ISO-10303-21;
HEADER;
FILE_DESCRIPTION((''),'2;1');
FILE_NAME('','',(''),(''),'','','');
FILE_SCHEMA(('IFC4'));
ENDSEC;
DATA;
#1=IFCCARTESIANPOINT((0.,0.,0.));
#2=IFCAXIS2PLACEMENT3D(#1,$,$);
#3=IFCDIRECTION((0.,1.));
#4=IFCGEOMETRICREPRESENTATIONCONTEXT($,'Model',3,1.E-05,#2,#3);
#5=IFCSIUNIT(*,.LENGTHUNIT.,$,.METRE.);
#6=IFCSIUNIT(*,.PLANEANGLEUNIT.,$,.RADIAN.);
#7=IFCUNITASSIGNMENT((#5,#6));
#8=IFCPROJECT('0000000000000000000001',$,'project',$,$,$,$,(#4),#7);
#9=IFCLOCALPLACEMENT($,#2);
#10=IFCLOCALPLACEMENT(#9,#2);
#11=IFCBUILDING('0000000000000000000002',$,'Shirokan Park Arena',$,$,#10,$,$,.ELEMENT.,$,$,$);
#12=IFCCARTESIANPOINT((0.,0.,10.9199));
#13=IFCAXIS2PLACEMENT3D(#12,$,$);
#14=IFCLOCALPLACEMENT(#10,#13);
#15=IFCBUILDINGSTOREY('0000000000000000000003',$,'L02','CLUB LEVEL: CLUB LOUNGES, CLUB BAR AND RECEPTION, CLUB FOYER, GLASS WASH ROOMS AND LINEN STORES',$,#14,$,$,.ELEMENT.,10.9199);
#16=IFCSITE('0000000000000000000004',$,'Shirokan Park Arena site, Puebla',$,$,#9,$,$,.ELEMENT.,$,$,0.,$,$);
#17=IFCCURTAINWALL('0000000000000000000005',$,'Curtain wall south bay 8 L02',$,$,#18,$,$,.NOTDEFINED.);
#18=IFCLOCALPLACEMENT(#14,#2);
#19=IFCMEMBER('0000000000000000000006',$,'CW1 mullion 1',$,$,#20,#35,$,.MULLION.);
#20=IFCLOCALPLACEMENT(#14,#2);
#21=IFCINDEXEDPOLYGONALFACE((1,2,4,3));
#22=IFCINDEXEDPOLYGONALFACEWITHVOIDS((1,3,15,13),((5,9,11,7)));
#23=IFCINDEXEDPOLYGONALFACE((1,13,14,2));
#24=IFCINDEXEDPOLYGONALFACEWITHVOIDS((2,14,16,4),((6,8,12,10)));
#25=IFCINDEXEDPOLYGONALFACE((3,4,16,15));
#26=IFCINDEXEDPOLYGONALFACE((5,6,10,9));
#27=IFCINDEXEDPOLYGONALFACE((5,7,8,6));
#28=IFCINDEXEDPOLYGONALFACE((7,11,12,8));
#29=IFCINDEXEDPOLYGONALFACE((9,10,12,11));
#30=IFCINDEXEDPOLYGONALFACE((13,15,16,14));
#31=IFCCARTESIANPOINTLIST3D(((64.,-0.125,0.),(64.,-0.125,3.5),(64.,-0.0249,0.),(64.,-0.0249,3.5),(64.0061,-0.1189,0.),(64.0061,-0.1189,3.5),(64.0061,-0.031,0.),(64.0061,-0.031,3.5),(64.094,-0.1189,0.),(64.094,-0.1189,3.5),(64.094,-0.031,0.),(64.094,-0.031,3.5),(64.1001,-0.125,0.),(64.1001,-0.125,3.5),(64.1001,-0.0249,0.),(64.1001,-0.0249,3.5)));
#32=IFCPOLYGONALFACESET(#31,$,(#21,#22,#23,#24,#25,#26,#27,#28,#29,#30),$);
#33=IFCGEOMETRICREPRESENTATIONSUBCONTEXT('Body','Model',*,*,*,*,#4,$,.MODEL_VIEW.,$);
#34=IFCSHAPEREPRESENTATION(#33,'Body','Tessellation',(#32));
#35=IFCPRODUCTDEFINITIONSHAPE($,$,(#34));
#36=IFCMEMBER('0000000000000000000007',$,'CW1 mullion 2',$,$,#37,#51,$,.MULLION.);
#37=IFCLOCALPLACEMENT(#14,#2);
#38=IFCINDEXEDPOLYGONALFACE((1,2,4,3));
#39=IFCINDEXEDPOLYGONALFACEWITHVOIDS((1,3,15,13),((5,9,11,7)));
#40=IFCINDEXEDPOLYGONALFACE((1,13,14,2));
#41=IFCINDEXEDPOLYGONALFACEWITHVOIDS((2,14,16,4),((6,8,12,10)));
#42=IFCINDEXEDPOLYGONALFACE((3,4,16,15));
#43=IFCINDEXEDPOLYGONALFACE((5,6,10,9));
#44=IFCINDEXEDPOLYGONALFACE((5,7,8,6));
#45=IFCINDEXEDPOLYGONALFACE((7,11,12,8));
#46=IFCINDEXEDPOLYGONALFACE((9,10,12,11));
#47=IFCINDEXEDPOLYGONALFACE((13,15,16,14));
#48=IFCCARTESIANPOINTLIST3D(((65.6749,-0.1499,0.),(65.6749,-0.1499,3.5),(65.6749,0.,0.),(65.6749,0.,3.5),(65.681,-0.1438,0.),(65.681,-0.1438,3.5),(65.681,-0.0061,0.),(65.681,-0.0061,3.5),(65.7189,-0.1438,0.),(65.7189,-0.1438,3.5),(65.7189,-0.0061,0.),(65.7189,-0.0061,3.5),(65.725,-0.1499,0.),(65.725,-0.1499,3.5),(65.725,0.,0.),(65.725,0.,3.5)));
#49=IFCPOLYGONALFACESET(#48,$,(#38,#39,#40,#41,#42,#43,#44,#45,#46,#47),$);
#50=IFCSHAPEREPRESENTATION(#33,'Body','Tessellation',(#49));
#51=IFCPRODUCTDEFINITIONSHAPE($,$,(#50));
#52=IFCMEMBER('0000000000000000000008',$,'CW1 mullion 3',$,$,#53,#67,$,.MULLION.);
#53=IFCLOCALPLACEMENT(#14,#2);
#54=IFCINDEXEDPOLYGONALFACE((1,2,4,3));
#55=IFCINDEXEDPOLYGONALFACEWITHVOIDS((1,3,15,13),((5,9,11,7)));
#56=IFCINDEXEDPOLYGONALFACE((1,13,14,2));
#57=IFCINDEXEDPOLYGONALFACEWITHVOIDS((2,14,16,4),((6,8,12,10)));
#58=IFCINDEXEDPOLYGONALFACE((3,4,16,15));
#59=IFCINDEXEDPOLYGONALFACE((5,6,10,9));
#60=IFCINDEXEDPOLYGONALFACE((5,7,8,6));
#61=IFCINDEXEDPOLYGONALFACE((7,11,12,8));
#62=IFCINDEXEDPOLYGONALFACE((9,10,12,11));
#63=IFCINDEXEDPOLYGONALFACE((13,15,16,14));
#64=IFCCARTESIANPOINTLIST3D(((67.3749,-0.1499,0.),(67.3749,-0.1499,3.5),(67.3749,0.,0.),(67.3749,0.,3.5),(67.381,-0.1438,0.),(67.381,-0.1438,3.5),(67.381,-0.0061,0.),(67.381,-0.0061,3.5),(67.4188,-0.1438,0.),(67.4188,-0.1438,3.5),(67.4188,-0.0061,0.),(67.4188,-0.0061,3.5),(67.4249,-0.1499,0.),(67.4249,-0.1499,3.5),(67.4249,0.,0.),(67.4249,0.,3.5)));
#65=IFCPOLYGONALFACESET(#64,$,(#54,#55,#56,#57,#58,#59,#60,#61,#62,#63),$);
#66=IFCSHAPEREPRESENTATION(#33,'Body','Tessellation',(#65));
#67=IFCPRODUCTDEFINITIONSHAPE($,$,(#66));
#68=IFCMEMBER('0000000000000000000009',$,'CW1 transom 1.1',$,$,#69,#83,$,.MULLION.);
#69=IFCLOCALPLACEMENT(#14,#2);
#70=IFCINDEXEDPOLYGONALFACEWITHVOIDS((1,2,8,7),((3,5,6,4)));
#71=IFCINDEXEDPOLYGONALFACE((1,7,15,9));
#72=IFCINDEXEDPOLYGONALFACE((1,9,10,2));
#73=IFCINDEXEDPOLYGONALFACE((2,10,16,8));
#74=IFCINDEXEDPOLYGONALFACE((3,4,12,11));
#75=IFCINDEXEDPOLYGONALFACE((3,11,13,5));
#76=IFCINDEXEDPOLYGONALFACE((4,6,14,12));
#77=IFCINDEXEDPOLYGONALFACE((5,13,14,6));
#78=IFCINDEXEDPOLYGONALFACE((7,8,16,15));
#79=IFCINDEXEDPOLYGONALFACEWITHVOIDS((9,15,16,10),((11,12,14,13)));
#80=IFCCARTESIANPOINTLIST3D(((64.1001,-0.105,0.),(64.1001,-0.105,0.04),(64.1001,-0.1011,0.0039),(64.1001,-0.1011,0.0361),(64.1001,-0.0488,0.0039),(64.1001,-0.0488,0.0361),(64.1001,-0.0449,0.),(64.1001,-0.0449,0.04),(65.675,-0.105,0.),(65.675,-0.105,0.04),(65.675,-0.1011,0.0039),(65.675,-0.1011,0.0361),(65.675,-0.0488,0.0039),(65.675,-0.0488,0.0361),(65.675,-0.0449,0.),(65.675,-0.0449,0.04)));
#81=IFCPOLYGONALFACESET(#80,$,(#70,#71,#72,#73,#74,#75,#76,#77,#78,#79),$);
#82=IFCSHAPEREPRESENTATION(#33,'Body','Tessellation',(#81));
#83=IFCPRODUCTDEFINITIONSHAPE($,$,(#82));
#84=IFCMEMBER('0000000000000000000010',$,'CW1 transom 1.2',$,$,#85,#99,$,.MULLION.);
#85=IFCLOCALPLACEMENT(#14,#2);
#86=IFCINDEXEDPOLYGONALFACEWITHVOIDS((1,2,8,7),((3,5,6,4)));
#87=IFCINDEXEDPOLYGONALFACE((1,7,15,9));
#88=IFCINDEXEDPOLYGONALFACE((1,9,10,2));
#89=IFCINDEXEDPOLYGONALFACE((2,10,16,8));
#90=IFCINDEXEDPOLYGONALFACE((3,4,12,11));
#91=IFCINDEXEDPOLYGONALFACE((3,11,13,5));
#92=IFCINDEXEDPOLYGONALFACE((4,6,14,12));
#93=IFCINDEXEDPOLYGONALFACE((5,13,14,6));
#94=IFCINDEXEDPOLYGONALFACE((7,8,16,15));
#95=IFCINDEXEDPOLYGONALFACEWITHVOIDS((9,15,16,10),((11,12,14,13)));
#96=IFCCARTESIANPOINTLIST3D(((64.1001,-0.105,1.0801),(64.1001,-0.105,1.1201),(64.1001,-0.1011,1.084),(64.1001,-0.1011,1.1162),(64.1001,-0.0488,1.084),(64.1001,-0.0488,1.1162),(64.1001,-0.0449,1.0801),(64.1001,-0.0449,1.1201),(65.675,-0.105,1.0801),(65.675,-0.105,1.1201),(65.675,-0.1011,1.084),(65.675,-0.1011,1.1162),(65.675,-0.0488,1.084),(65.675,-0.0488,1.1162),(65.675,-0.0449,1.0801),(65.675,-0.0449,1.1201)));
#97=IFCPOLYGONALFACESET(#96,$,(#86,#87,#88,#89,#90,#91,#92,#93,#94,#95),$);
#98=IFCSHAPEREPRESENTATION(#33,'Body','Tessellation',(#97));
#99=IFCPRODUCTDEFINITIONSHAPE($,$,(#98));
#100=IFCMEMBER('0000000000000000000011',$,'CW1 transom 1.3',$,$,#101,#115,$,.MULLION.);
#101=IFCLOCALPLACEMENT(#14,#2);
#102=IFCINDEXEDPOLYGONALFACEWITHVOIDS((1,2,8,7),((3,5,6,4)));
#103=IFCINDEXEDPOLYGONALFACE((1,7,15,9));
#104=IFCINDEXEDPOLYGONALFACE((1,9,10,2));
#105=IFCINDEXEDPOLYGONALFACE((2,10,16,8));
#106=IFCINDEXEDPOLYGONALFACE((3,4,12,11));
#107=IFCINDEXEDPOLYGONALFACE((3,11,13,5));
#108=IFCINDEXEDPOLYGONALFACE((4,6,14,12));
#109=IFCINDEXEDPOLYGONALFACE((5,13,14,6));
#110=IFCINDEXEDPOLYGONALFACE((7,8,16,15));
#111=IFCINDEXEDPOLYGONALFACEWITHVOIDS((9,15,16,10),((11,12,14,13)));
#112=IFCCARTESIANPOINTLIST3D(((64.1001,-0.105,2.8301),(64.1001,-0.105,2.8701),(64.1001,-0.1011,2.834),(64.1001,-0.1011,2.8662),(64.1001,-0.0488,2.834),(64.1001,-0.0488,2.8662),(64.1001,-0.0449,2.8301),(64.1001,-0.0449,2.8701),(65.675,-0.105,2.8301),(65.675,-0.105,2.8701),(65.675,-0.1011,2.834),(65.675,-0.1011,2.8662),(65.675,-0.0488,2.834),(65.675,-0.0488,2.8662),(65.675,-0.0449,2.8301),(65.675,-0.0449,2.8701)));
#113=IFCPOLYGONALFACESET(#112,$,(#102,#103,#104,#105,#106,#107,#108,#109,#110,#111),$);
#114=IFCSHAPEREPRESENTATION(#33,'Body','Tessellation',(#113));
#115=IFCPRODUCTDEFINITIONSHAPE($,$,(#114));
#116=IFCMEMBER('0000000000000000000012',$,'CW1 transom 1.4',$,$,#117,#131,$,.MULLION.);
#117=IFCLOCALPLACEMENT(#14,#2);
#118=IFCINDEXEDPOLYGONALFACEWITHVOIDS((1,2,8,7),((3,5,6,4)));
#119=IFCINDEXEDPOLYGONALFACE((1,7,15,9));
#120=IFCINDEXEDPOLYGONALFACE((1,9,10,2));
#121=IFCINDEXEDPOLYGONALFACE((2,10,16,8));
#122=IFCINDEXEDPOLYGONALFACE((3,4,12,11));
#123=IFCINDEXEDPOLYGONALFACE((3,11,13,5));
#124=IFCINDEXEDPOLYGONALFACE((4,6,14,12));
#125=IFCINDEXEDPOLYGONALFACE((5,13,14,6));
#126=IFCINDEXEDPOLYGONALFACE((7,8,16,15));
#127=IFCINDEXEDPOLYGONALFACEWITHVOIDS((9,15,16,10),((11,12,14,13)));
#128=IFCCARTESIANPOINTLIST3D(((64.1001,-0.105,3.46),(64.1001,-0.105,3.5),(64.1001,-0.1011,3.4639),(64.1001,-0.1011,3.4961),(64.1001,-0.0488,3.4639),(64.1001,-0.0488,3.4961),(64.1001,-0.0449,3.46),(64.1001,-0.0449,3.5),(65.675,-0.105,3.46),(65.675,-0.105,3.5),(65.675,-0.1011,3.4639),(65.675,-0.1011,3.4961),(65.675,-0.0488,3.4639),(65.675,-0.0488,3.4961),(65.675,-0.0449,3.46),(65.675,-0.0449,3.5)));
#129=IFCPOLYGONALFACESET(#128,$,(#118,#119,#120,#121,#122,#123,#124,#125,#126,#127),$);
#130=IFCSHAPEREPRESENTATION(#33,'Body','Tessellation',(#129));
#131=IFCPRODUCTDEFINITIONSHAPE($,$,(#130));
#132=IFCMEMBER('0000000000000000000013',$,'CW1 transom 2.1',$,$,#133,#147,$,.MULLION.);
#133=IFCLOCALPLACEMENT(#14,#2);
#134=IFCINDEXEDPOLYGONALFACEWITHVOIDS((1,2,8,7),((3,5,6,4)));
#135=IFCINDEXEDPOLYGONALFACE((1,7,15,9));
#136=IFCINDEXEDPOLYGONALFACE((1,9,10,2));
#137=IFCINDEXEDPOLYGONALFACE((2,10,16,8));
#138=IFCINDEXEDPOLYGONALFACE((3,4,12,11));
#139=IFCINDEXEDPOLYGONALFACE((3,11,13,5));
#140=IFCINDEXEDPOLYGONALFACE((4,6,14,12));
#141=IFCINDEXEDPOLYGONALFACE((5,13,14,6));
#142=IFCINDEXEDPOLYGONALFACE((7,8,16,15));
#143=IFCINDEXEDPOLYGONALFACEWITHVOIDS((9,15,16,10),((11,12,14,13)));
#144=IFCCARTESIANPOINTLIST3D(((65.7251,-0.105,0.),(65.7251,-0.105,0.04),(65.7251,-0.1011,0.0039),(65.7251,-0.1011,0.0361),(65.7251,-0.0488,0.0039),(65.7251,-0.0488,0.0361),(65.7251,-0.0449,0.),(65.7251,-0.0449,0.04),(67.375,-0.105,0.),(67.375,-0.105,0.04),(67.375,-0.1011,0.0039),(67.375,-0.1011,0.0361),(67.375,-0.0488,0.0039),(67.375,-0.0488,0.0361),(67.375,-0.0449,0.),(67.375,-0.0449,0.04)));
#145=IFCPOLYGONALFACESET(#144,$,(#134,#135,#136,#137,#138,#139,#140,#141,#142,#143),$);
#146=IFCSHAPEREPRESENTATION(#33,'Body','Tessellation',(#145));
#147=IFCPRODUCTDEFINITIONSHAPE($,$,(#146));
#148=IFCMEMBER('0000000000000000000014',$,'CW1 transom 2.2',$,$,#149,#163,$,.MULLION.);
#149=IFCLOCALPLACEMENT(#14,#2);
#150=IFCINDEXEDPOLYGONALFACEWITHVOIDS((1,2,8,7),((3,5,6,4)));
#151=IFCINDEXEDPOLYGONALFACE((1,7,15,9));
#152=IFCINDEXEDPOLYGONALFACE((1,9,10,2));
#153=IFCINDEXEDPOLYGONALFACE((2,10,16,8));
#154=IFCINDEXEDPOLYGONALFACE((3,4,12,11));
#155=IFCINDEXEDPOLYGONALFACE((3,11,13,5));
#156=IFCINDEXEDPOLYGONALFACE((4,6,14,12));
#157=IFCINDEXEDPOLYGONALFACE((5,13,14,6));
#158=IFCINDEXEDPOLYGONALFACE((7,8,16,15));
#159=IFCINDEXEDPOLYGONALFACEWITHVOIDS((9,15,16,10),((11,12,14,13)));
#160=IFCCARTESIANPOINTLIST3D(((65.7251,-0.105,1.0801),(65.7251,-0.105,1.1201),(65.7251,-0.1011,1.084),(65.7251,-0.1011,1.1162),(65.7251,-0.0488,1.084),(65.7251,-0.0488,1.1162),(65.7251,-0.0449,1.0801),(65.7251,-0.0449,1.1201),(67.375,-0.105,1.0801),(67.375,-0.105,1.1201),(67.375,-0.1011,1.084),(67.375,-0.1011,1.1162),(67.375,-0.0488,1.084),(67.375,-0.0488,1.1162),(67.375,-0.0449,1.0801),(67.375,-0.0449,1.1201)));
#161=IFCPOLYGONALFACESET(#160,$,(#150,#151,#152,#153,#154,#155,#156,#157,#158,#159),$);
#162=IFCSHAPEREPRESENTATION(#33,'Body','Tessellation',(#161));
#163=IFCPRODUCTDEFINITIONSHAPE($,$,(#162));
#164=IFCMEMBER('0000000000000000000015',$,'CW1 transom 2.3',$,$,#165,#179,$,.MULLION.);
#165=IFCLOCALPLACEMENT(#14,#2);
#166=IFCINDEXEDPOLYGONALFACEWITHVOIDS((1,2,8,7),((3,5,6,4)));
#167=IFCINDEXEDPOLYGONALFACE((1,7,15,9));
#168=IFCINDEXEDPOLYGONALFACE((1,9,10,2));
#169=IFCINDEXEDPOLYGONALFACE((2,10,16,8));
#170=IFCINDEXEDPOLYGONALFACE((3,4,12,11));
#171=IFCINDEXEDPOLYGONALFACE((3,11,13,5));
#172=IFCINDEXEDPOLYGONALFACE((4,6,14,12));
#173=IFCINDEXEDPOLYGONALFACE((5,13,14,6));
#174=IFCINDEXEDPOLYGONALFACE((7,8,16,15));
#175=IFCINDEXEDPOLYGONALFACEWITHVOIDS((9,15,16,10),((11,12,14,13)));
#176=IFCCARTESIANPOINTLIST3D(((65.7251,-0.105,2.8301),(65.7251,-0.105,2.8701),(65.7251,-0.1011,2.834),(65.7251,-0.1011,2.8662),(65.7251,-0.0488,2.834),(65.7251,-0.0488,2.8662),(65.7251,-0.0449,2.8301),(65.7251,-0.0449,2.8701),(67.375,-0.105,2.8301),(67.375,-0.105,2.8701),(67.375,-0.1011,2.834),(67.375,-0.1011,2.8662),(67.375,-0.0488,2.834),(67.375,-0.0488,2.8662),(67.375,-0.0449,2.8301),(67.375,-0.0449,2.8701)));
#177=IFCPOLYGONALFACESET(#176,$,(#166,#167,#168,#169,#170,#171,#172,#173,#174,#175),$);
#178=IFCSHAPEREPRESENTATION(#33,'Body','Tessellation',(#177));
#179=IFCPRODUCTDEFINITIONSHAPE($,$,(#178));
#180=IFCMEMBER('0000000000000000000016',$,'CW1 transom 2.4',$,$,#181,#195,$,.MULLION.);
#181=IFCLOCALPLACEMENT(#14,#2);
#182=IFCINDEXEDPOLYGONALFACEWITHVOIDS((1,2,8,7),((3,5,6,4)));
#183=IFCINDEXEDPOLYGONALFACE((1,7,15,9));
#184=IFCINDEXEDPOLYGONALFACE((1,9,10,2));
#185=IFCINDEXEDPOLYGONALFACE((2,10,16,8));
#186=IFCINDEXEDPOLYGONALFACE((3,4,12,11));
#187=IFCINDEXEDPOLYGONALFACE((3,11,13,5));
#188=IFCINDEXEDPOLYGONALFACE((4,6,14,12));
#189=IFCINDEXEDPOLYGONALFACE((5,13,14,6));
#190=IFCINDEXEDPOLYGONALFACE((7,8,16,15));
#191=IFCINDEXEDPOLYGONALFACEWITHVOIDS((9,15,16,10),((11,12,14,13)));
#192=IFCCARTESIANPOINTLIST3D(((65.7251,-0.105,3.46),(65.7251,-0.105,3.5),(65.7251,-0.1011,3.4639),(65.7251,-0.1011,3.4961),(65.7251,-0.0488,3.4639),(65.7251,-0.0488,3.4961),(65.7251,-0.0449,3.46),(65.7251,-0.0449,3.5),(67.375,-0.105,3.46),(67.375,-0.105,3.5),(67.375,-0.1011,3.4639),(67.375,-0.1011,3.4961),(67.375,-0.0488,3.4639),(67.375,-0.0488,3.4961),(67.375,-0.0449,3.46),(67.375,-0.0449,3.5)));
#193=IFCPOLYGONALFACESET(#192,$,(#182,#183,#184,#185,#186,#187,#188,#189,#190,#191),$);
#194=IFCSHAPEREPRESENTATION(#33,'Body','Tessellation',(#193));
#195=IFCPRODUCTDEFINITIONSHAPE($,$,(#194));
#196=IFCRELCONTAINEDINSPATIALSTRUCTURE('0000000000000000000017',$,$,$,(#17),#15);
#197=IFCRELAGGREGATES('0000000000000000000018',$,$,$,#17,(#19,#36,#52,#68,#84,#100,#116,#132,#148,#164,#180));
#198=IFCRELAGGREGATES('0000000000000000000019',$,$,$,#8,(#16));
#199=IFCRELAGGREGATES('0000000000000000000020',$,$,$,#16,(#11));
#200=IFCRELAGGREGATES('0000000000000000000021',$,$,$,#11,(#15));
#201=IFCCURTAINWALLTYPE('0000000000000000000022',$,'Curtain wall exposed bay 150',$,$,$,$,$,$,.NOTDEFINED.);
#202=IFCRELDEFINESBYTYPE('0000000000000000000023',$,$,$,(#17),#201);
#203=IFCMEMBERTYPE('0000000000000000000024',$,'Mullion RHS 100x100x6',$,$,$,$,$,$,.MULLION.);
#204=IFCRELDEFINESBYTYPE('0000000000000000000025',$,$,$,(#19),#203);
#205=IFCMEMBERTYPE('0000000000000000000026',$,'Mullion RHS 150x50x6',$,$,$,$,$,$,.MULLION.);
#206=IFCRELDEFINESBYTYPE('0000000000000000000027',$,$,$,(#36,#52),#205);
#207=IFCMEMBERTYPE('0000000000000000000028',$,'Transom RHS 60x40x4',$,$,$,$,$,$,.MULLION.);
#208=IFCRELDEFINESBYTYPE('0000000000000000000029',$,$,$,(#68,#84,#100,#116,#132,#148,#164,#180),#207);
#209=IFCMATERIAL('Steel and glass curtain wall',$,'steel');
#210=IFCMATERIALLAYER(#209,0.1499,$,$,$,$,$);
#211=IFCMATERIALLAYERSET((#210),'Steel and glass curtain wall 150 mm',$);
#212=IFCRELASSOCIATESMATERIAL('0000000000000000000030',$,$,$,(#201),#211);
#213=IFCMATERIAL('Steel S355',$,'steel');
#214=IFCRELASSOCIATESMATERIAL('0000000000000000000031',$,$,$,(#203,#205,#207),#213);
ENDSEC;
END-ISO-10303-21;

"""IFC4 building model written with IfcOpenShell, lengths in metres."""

from ifc_helpers import new_model, si_unit, direction, frame, origin, origin_2d, place, context, subcontext, project, spatial, hollow_rectangle, extrude, material, layer, layer_set, material_profile, profile_set, type_object, element, aggregate, save


model = new_model("IFC4")

# Units and contexts
model_context = context("Model", 3, precision=1e-05, world=origin(), true_north=direction((0.0, 1.0)))
body_context = subcontext(model_context, "Body", "Model", "MODEL_VIEW")
ifc_project = project(units=[si_unit("LENGTHUNIT", "METRE"), si_unit("PLANEANGLEUNIT", "RADIAN")], contexts=[model_context])

# Site, building, storey
site_placement = place(None, origin())
site = spatial("IfcSite", under=ifc_project, at=site_placement, Name="Shirokan Park Arena site, Puebla", CompositionType="ELEMENT", RefElevation=0.0)
building_placement = place(site_placement, origin())
building = spatial("IfcBuilding", under=site, at=building_placement, Name="Shirokan Park Arena", CompositionType="ELEMENT")
storey_placement = place(building_placement, frame((0.0, 0.0, 10.9199)))
storey = spatial("IfcBuildingStorey", under=building, at=storey_placement, Name="L02", Description="CLUB LEVEL: CLUB LOUNGES, CLUB BAR AND RECEPTION, CLUB FOYER, GLASS WASH ROOMS AND LINEN STORES", CompositionType="ELEMENT", Elevation=10.9199)

# Curtain wall, members
ifc_material_1 = material(Name="Steel and glass curtain wall", Category="steel")
ifc_layer_1 = layer(ifc_material_1, 0.1499)
ifc_layer_set_1 = layer_set([ifc_layer_1], Name="Steel and glass curtain wall 150 mm")
curtain_wall_type = type_object("IfcCurtainWallType", Name="Curtain wall exposed bay 150", PredefinedType="NOTDEFINED", material=ifc_layer_set_1)
curtain_wall_placement = place(storey_placement, origin())
curtain_wall = element("IfcCurtainWall", 1, at=curtain_wall_placement, inside=storey, type_object=curtain_wall_type, Name="Curtain wall south bay 8 L02", PredefinedType="NOTDEFINED")
ifc_material_2 = material(Name="Steel S355", Category="steel")
ifc_material_profile_1 = material_profile(ifc_material_2, hollow_rectangle(XDim=0.1001, YDim=0.1001, WallThickness=0.0061, at=origin_2d()), Name="RHS 100x100x6")
ifc_profile_set_1 = profile_set([ifc_material_profile_1], Name="Steel S355")
member_type_1 = type_object("IfcMemberType", Name="Mullion RHS 100x100x6", PredefinedType="MULLION", material=ifc_profile_set_1)
member_1_placement = place(storey_placement, frame((64.05, -0.075, 0.0), z_axis=(0.0, 0.0, 1.0), x_axis=(0.0, 1.0, 0.0)))
member_1 = element("IfcMember", 2, at=member_1_placement, type_object=member_type_1, Name="CW1 mullion 1", PredefinedType="MULLION", context=body_context, shape_type="SweptSolid", body=[
    extrude(hollow_rectangle(XDim=0.1001, YDim=0.1001, WallThickness=0.0061, at=origin_2d()), origin(), (0.0, 0.0, 1.0), 3.5),
])
ifc_material_profile_2 = material_profile(ifc_material_2, hollow_rectangle(XDim=0.1499, YDim=0.05, WallThickness=0.0061, at=origin_2d()), Name="RHS 150x50x6")
ifc_profile_set_2 = profile_set([ifc_material_profile_2], Name="Steel S355")
member_type_2 = type_object("IfcMemberType", Name="Mullion RHS 150x50x6", PredefinedType="MULLION", material=ifc_profile_set_2)
member_2_placement = place(storey_placement, frame((65.7, -0.075, 0.0), z_axis=(0.0, 0.0, 1.0), x_axis=(0.0, 1.0, 0.0)))
member_2 = element("IfcMember", 3, at=member_2_placement, type_object=member_type_2, Name="CW1 mullion 2", PredefinedType="MULLION", context=body_context, shape_type="SweptSolid", body=[
    extrude(hollow_rectangle(XDim=0.1499, YDim=0.05, WallThickness=0.0061, at=origin_2d()), origin(), (0.0, 0.0, 1.0), 3.5),
])
member_3_placement = place(storey_placement, frame((67.3999, -0.075, 0.0), z_axis=(0.0, 0.0, 1.0), x_axis=(0.0, 1.0, 0.0)))
member_3 = element("IfcMember", 4, at=member_3_placement, type_object=member_type_2, Name="CW1 mullion 3", PredefinedType="MULLION", context=body_context, shape_type="SweptSolid", body=[
    extrude(hollow_rectangle(XDim=0.1499, YDim=0.05, WallThickness=0.0061, at=origin_2d()), origin(), (0.0, 0.0, 1.0), 3.5),
])
ifc_material_profile_3 = material_profile(ifc_material_2, hollow_rectangle(XDim=0.0601, YDim=0.04, WallThickness=0.0039, at=origin_2d()), Name="RHS 60x40x4")
ifc_profile_set_3 = profile_set([ifc_material_profile_3], Name="Steel S355")
member_type_3 = type_object("IfcMemberType", Name="Transom RHS 60x40x4", PredefinedType="MULLION", material=ifc_profile_set_3)
member_4_placement = place(storey_placement, frame((64.1001, -0.075, 0.02), z_axis=(1.0, 0.0, 0.0), x_axis=(0.0, 1.0, 0.0)))
member_4 = element("IfcMember", 5, at=member_4_placement, type_object=member_type_3, Name="CW1 transom 1.1", PredefinedType="MULLION", context=body_context, shape_type="SweptSolid", body=[
    extrude(hollow_rectangle(XDim=0.0601, YDim=0.04, WallThickness=0.0039, at=origin_2d()), origin(), (0.0, 0.0, 1.0), 1.575),
])
member_5_placement = place(storey_placement, frame((64.1001, -0.075, 1.1001), z_axis=(1.0, 0.0, 0.0), x_axis=(0.0, 1.0, 0.0)))
member_5 = element("IfcMember", 6, at=member_5_placement, type_object=member_type_3, Name="CW1 transom 1.2", PredefinedType="MULLION", context=body_context, shape_type="SweptSolid", body=[
    extrude(hollow_rectangle(XDim=0.0601, YDim=0.04, WallThickness=0.0039, at=origin_2d()), origin(), (0.0, 0.0, 1.0), 1.575),
])
member_6_placement = place(storey_placement, frame((64.1001, -0.075, 2.8501), z_axis=(1.0, 0.0, 0.0), x_axis=(0.0, 1.0, 0.0)))
member_6 = element("IfcMember", 7, at=member_6_placement, type_object=member_type_3, Name="CW1 transom 1.3", PredefinedType="MULLION", context=body_context, shape_type="SweptSolid", body=[
    extrude(hollow_rectangle(XDim=0.0601, YDim=0.04, WallThickness=0.0039, at=origin_2d()), origin(), (0.0, 0.0, 1.0), 1.575),
])
member_7_placement = place(storey_placement, frame((64.1001, -0.075, 3.48), z_axis=(1.0, 0.0, 0.0), x_axis=(0.0, 1.0, 0.0)))
member_7 = element("IfcMember", 8, at=member_7_placement, type_object=member_type_3, Name="CW1 transom 1.4", PredefinedType="MULLION", context=body_context, shape_type="SweptSolid", body=[
    extrude(hollow_rectangle(XDim=0.0601, YDim=0.04, WallThickness=0.0039, at=origin_2d()), origin(), (0.0, 0.0, 1.0), 1.575),
])
member_8_placement = place(storey_placement, frame((65.7251, -0.075, 0.02), z_axis=(1.0, 0.0, 0.0), x_axis=(0.0, 1.0, 0.0)))
member_8 = element("IfcMember", 9, at=member_8_placement, type_object=member_type_3, Name="CW1 transom 2.1", PredefinedType="MULLION", context=body_context, shape_type="SweptSolid", body=[
    extrude(hollow_rectangle(XDim=0.0601, YDim=0.04, WallThickness=0.0039, at=origin_2d()), origin(), (0.0, 0.0, 1.0), 1.6499),
])
member_9_placement = place(storey_placement, frame((65.7251, -0.075, 1.1001), z_axis=(1.0, 0.0, 0.0), x_axis=(0.0, 1.0, 0.0)))
member_9 = element("IfcMember", 10, at=member_9_placement, type_object=member_type_3, Name="CW1 transom 2.2", PredefinedType="MULLION", context=body_context, shape_type="SweptSolid", body=[
    extrude(hollow_rectangle(XDim=0.0601, YDim=0.04, WallThickness=0.0039, at=origin_2d()), origin(), (0.0, 0.0, 1.0), 1.6499),
])
member_10_placement = place(storey_placement, frame((65.7251, -0.075, 2.8501), z_axis=(1.0, 0.0, 0.0), x_axis=(0.0, 1.0, 0.0)))
member_10 = element("IfcMember", 11, at=member_10_placement, type_object=member_type_3, Name="CW1 transom 2.3", PredefinedType="MULLION", context=body_context, shape_type="SweptSolid", body=[
    extrude(hollow_rectangle(XDim=0.0601, YDim=0.04, WallThickness=0.0039, at=origin_2d()), origin(), (0.0, 0.0, 1.0), 1.6499),
])
member_11_placement = place(storey_placement, frame((65.7251, -0.075, 3.48), z_axis=(1.0, 0.0, 0.0), x_axis=(0.0, 1.0, 0.0)))
member_11 = element("IfcMember", 12, at=member_11_placement, type_object=member_type_3, Name="CW1 transom 2.4", PredefinedType="MULLION", context=body_context, shape_type="SweptSolid", body=[
    extrude(hollow_rectangle(XDim=0.0601, YDim=0.04, WallThickness=0.0039, at=origin_2d()), origin(), (0.0, 0.0, 1.0), 1.6499),
])
aggregate(curtain_wall, [member_1, member_2, member_3, member_4, member_5, member_6, member_7, member_8, member_9, member_10, member_11])

save(model, "model.ifc")
